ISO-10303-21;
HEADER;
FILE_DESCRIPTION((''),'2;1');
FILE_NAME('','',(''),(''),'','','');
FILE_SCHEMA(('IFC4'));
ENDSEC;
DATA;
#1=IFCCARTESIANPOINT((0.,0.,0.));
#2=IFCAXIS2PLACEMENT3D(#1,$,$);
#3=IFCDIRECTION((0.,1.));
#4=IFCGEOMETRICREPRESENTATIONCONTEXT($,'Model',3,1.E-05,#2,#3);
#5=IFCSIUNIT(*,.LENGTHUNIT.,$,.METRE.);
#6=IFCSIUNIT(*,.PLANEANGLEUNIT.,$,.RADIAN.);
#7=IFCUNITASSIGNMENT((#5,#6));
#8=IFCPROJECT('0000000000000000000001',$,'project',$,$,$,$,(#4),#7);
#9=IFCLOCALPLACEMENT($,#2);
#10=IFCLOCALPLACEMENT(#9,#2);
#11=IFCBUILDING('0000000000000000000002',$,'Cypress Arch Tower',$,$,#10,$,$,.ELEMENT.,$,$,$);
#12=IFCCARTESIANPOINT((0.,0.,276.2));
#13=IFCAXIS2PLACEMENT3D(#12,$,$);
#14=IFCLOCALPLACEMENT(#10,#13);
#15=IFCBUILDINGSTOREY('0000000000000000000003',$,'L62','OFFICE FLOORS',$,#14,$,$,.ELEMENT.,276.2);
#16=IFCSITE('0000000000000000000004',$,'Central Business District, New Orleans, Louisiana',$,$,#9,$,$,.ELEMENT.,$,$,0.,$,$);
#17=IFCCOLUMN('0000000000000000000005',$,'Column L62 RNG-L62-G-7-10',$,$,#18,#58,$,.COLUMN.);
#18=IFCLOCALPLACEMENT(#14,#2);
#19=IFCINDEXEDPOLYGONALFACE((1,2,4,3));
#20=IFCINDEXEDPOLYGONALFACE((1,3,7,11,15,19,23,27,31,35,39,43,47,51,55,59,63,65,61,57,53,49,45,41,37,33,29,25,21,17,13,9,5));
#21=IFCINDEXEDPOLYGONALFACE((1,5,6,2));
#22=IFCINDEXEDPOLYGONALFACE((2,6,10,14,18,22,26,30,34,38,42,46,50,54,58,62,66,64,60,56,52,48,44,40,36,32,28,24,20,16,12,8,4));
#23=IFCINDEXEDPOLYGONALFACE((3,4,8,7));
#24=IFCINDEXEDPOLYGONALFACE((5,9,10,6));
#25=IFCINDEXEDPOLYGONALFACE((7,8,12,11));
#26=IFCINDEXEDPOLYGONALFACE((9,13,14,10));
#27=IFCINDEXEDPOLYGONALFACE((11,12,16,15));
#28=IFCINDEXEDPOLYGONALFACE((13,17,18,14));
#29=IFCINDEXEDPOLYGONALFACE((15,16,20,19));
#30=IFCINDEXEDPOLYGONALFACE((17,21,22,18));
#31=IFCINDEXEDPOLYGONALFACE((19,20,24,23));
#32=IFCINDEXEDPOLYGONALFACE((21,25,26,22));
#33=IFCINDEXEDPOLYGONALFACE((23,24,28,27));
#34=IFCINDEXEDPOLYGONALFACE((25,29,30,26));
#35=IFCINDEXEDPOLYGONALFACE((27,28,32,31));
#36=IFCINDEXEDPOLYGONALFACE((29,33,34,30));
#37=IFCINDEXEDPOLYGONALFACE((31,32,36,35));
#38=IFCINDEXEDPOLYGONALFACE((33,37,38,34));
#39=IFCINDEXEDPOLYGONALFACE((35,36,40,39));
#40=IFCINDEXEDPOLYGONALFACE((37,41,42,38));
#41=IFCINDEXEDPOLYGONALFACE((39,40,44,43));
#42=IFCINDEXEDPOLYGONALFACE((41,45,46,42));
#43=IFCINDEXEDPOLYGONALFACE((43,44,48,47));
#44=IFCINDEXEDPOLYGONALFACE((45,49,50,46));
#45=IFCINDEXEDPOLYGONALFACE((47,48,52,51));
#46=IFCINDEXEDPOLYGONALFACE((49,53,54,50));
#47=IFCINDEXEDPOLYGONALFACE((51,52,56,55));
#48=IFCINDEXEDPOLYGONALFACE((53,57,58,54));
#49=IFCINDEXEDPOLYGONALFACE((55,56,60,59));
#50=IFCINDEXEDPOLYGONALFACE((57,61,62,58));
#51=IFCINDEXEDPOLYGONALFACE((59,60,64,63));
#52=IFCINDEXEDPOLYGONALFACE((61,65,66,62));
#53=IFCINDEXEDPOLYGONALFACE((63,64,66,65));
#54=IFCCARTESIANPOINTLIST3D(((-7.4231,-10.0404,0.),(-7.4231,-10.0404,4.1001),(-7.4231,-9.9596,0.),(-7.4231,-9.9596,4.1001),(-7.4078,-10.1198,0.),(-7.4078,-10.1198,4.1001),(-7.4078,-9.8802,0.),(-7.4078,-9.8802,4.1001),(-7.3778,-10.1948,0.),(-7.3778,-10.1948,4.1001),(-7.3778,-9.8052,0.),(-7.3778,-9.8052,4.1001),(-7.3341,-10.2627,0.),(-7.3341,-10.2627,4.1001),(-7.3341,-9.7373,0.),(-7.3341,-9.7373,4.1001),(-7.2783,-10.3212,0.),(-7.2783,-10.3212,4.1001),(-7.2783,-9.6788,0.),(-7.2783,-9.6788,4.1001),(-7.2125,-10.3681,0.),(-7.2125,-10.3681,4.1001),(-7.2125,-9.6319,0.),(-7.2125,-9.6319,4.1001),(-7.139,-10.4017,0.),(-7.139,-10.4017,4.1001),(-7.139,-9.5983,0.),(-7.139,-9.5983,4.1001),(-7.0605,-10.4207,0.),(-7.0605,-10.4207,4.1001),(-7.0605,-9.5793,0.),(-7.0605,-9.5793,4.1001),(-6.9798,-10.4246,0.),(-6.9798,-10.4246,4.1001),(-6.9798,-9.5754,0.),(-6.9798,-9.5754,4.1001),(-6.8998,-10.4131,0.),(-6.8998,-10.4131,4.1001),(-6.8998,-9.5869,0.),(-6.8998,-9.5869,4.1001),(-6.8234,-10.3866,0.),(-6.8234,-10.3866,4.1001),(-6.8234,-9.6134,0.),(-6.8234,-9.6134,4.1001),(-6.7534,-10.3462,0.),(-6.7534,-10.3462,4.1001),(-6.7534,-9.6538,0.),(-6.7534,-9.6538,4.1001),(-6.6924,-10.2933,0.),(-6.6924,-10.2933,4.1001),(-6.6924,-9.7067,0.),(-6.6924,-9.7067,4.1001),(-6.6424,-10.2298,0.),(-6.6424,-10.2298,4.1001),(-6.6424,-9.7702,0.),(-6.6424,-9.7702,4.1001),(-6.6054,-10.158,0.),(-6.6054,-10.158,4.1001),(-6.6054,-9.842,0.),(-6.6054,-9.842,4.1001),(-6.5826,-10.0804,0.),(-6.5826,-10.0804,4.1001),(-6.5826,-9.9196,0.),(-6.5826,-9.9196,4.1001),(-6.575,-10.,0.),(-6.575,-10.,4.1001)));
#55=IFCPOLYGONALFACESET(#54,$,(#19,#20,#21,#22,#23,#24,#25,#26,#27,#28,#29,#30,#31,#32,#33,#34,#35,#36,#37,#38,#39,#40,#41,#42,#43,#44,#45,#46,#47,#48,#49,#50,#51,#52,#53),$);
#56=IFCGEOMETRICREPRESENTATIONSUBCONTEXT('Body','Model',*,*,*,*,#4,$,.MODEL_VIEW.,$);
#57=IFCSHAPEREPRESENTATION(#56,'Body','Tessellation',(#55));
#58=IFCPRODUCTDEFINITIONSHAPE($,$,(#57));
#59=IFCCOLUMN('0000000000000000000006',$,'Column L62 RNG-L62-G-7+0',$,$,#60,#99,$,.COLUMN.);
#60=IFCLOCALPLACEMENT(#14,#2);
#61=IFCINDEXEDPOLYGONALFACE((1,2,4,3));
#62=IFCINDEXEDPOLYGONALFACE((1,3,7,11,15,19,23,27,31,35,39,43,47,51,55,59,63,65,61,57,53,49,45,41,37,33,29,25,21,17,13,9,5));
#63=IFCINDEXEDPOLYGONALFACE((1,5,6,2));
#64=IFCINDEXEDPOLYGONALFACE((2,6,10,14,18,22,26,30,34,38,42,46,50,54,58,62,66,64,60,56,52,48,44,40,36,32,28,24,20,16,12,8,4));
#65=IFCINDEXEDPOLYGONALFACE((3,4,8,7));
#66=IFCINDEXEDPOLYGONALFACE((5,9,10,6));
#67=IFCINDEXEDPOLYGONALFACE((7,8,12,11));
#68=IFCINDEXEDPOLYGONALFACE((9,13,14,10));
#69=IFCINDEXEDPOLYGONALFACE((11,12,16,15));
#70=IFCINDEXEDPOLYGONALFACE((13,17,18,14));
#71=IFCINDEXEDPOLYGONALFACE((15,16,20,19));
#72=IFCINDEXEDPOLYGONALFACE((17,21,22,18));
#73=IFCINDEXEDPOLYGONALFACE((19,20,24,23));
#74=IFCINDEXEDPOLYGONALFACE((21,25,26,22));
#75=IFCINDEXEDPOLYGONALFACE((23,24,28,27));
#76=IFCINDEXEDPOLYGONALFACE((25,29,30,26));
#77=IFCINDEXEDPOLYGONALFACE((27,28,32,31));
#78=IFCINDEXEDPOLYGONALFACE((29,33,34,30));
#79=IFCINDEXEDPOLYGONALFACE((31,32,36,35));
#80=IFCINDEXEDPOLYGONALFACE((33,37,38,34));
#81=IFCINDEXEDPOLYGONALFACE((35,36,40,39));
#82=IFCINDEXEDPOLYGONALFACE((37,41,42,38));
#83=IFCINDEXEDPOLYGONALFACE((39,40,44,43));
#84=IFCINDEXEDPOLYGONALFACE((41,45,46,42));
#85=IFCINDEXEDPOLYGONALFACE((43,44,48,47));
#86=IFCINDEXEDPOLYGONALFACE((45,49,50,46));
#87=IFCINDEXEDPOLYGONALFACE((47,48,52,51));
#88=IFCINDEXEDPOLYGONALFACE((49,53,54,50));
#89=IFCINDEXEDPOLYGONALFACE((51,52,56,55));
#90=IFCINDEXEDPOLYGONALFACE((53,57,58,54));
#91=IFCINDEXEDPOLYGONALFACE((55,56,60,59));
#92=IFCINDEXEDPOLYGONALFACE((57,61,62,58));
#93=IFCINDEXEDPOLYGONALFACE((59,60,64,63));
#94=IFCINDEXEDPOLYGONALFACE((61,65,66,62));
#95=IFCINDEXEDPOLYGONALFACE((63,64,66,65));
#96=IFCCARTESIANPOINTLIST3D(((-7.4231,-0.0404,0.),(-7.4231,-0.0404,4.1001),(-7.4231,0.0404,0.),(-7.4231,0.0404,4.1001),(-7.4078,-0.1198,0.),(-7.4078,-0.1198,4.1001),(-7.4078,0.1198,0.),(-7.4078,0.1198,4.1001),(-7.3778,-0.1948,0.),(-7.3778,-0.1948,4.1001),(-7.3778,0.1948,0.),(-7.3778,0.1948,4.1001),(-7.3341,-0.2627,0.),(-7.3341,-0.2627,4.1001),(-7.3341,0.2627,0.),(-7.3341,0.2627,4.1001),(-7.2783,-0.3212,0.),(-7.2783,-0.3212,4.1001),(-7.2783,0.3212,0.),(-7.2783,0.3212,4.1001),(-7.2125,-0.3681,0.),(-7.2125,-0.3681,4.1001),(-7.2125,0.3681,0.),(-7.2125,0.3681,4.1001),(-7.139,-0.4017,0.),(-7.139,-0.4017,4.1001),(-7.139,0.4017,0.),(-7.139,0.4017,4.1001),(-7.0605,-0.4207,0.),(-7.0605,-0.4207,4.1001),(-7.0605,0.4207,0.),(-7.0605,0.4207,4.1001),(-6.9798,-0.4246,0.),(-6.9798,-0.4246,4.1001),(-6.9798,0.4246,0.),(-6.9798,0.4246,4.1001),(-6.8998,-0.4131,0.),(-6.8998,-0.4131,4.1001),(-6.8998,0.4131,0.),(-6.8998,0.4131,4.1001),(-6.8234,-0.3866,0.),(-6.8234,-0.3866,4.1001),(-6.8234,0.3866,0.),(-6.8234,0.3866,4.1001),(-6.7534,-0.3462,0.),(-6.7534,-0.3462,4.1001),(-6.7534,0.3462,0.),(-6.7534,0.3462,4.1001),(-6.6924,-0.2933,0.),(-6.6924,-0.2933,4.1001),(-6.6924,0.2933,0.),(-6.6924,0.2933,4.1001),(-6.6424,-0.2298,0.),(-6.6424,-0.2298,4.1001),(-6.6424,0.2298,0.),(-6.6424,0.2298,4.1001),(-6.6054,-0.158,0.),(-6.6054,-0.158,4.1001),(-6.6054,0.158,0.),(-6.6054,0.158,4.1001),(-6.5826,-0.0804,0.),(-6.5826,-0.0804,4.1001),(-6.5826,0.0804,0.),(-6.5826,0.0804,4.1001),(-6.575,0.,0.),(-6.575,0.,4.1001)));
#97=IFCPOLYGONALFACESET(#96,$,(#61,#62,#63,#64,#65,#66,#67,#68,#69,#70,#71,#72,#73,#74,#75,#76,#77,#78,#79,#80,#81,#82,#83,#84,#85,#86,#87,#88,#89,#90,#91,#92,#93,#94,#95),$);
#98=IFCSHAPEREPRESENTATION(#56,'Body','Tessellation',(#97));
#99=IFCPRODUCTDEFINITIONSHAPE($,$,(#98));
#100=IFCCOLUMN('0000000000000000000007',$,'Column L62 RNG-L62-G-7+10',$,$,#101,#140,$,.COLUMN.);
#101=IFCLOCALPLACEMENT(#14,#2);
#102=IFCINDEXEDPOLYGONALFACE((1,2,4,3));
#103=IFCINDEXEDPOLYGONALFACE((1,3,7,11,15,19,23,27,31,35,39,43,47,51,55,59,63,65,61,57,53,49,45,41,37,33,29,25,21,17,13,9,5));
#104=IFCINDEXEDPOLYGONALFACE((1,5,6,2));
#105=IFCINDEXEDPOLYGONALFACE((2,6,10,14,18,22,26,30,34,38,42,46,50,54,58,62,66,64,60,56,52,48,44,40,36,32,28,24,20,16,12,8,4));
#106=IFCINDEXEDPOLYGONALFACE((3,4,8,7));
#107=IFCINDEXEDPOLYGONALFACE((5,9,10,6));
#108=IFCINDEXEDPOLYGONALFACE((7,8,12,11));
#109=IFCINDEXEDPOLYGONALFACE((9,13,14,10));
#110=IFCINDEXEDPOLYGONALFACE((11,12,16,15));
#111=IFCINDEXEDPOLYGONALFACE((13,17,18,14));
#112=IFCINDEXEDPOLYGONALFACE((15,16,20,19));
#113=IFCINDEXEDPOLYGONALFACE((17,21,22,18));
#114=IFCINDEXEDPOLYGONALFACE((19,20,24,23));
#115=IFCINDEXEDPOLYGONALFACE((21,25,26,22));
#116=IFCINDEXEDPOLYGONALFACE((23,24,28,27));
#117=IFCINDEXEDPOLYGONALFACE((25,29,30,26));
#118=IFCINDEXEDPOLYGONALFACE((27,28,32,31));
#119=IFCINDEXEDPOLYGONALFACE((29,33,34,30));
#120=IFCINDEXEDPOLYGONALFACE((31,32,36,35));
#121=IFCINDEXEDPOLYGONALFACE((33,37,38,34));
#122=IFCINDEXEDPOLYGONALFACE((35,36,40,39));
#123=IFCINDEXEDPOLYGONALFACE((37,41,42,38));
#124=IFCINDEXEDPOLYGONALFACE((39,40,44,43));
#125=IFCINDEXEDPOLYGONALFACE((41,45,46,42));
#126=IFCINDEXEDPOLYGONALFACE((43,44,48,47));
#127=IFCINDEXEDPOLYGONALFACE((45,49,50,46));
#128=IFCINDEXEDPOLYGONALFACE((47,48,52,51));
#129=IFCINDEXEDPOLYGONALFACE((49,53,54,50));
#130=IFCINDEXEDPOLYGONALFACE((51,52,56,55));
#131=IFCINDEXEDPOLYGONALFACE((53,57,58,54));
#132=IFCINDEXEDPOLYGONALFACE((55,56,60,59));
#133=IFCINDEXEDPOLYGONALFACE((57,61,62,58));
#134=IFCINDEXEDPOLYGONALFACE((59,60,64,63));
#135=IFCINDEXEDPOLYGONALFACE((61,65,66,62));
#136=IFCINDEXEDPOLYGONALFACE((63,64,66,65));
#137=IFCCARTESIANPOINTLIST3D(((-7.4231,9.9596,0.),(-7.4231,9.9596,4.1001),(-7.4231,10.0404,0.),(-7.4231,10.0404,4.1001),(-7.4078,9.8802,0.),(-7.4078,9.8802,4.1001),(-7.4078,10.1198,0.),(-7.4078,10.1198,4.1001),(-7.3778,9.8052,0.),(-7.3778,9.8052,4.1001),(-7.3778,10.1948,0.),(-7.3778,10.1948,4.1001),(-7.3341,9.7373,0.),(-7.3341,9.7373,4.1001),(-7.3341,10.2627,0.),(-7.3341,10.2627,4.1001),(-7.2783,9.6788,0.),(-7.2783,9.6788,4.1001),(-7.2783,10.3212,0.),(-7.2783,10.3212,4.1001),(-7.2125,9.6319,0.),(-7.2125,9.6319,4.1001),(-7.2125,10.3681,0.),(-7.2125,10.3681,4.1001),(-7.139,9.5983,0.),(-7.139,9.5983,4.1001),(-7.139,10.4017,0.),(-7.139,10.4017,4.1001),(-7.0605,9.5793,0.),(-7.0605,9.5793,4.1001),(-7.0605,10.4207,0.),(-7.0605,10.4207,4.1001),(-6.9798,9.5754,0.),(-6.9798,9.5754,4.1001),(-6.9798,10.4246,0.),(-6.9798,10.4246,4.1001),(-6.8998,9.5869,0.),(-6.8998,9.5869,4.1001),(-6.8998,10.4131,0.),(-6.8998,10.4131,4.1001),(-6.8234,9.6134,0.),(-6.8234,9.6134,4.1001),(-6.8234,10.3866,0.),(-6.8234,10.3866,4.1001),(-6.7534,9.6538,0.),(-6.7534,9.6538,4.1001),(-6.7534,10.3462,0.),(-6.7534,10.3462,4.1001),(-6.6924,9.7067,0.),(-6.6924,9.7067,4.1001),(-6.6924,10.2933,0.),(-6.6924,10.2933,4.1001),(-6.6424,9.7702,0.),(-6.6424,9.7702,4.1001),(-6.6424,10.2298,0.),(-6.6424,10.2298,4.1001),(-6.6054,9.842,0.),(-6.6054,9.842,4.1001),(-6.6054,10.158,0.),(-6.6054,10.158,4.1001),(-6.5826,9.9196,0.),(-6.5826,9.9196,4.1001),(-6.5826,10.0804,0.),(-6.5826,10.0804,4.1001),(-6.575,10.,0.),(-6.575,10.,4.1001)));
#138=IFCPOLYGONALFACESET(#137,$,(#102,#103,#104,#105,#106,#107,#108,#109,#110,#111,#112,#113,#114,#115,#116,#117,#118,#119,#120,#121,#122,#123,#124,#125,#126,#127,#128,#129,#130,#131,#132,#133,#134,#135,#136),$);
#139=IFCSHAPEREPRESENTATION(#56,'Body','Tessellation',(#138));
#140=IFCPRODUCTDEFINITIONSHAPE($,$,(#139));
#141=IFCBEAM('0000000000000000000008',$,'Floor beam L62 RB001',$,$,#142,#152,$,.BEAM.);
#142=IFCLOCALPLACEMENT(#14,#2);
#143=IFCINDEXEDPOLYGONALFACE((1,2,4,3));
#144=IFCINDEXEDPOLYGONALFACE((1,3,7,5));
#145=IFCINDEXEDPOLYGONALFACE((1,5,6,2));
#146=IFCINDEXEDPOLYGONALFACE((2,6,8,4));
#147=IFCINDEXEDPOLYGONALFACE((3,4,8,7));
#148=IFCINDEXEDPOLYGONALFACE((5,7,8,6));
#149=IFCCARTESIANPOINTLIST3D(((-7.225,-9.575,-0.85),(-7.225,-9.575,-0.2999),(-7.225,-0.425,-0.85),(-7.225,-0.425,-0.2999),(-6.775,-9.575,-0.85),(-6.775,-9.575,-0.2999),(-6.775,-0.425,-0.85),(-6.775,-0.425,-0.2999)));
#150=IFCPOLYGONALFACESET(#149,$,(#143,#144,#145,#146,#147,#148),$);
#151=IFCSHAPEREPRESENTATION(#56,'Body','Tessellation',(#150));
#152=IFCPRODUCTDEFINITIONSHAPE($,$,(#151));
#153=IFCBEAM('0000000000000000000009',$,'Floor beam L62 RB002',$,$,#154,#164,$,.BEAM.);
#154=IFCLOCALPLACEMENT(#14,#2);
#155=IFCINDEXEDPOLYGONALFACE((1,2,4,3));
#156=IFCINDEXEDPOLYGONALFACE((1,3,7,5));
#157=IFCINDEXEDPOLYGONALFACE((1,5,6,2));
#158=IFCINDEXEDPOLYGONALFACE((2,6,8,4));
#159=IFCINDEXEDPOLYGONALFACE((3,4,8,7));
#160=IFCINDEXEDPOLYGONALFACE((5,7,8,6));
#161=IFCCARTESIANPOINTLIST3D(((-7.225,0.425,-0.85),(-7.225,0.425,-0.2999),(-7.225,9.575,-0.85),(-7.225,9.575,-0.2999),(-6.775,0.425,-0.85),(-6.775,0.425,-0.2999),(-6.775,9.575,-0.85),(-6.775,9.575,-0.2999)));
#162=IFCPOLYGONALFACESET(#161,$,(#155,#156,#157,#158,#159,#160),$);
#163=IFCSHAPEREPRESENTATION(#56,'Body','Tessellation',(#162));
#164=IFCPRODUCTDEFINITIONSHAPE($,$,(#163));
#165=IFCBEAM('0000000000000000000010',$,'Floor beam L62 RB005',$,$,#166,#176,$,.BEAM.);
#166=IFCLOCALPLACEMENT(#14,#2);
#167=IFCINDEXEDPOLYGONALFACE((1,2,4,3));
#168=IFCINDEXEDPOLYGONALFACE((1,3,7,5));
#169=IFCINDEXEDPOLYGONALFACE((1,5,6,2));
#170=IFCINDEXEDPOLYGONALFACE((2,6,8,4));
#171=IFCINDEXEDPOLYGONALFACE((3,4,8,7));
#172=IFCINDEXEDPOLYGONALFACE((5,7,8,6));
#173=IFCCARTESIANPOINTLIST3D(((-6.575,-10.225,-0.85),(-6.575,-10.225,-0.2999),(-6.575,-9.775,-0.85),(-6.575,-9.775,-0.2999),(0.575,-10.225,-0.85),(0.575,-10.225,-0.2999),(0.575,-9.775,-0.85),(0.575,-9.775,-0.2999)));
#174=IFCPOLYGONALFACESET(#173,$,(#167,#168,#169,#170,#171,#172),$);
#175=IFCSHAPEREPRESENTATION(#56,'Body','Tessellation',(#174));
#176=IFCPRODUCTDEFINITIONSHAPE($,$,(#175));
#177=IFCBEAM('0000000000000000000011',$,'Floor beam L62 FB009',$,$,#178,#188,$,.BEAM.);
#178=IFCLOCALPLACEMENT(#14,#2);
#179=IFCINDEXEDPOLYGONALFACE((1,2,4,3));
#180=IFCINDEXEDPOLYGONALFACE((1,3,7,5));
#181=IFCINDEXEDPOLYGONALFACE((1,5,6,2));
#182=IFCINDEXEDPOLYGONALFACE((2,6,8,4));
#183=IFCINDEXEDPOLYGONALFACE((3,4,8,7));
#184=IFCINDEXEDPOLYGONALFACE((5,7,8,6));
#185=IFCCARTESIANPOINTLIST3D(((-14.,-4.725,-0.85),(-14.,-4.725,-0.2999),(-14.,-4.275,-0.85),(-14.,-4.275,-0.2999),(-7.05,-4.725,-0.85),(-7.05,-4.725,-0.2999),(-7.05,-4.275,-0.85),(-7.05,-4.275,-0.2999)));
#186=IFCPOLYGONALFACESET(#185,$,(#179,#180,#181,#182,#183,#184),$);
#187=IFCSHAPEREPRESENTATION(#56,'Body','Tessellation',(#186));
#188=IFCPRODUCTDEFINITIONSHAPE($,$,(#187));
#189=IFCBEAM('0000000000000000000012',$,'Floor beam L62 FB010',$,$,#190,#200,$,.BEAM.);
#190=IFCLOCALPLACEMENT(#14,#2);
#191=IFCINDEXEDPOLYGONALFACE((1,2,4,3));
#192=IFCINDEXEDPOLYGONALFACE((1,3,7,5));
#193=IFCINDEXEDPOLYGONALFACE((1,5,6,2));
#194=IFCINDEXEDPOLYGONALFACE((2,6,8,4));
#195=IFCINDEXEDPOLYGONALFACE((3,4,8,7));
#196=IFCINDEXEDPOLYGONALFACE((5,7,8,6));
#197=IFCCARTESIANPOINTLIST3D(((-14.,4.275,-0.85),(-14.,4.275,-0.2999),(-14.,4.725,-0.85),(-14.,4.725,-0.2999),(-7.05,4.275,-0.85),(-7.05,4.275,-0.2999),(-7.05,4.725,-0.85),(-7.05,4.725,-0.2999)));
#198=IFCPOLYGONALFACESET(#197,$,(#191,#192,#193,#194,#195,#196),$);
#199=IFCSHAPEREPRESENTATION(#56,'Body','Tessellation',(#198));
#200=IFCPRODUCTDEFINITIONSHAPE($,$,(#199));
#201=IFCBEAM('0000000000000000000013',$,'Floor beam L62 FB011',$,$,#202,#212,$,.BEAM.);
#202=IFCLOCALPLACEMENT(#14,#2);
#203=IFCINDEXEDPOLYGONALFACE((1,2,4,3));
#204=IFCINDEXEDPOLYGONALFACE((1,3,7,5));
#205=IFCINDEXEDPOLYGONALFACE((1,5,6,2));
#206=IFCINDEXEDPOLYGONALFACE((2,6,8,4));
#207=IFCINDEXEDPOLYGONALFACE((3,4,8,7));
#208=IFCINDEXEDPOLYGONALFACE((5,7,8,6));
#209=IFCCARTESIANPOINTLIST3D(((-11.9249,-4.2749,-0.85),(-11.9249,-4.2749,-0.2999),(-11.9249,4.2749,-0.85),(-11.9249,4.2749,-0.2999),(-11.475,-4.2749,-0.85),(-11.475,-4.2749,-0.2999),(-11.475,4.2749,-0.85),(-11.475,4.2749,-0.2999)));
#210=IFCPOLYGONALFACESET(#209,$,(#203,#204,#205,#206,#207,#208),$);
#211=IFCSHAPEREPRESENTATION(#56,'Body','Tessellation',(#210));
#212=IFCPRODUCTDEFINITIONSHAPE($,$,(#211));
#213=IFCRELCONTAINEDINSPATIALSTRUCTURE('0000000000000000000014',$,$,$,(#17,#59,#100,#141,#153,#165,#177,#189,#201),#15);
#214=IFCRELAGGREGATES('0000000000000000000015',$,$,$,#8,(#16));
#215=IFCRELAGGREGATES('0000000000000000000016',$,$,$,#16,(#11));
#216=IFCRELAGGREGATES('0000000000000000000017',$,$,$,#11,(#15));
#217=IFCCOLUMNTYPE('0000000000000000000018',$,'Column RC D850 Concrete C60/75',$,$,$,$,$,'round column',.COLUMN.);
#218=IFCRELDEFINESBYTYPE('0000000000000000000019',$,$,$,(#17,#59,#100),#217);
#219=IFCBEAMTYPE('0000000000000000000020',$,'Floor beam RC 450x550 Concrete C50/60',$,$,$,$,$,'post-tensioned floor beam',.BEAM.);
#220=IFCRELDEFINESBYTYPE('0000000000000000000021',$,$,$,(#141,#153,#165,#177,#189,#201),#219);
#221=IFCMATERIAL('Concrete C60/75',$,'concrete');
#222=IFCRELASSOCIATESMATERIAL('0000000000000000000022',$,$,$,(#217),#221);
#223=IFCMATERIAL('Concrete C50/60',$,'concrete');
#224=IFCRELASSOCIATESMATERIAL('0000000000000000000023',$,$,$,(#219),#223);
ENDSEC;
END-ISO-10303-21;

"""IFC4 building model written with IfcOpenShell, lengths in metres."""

from ifc_helpers import new_model, si_unit, direction, frame, origin, origin_2d, place, context, subcontext, project, spatial, rectangle, circle, extrude, material, material_profile, profile_set, type_object, element, save


model = new_model("IFC4")

# Units and contexts
model_context = context("Model", 3, precision=1e-05, world=origin(), true_north=direction((0.0, 1.0)))
body_context = subcontext(model_context, "Body", "Model", "MODEL_VIEW")
ifc_project = project(units=[si_unit("LENGTHUNIT", "METRE"), si_unit("PLANEANGLEUNIT", "RADIAN")], contexts=[model_context])

# Site, building, storey
site_placement = place(None, origin())
site = spatial("IfcSite", under=ifc_project, at=site_placement, Name="Central Business District, New Orleans, Louisiana", CompositionType="ELEMENT", RefElevation=0.0)
building_placement = place(site_placement, origin())
building = spatial("IfcBuilding", under=site, at=building_placement, Name="Cypress Arch Tower", CompositionType="ELEMENT")
storey_placement = place(building_placement, frame((0.0, 0.0, 276.2)))
storey = spatial("IfcBuildingStorey", under=building, at=storey_placement, Name="L62", Description="OFFICE FLOORS", CompositionType="ELEMENT", Elevation=276.2)

# Columns
ifc_material_1 = material(Name="Concrete C60/75", Category="concrete")
ifc_material_profile_1 = material_profile(ifc_material_1, circle(Radius=0.425, at=origin_2d()), Name="RC D850")
ifc_profile_set_1 = profile_set([ifc_material_profile_1], Name="Concrete C60/75")
column_type = type_object("IfcColumnType", Name="Column RC D850 Concrete C60/75", ElementType="round column", PredefinedType="COLUMN", material=ifc_profile_set_1)
for number, where, z_axis, x_axis, name in (
    (1, (-7.0, -10.0, 0.0), (0.0, 0.0, 1.0), (1.0, 0.0, 0.0), "Column L62 RNG-L62-G-7-10"),
    (2, (-7.0, 0.0, 0.0), (0.0, 0.0, 1.0), (1.0, 0.0, 0.0), "Column L62 RNG-L62-G-7+0"),
    (3, (-7.0, 10.0, 0.0), (0.0, 0.0, 1.0), (1.0, 0.0, 0.0), "Column L62 RNG-L62-G-7+10"),
):
    element("IfcColumn", number, at=place(storey_placement, frame(where, z_axis=z_axis, x_axis=x_axis)), inside=storey, type_object=column_type, Name=name, PredefinedType="COLUMN", context=body_context, shape_type="SweptSolid", body=[
        extrude(circle(Radius=0.425, at=origin_2d()), origin(), (0.0, 0.0, 1.0), 4.1001),
    ])

# Beams
ifc_material_2 = material(Name="Concrete C50/60", Category="concrete")
ifc_material_profile_2 = material_profile(ifc_material_2, rectangle(XDim=0.45, YDim=0.55, at=origin_2d()), Name="RC 450x550")
ifc_profile_set_2 = profile_set([ifc_material_profile_2], Name="Concrete C50/60")
beam_type = type_object("IfcBeamType", Name="Floor beam RC 450x550 Concrete C50/60", ElementType="post-tensioned floor beam", PredefinedType="BEAM", material=ifc_profile_set_2)
for number, where, z_axis, x_axis, name in (
    (4, (-7.0, -9.575, -0.575), (0.0, 1.0, 0.0), (-1.0, 0.0, 0.0), "Floor beam L62 RB001"),
    (5, (-7.0, 0.425, -0.575), (0.0, 1.0, 0.0), (-1.0, 0.0, 0.0), "Floor beam L62 RB002"),
):
    element("IfcBeam", number, at=place(storey_placement, frame(where, z_axis=z_axis, x_axis=x_axis)), inside=storey, type_object=beam_type, Name=name, PredefinedType="BEAM", context=body_context, shape_type="SweptSolid", body=[
        extrude(rectangle(XDim=0.45, YDim=0.55, at=origin_2d()), origin(), (0.0, 0.0, 1.0), 9.1499),
    ])
beam_1_placement = place(storey_placement, frame((-6.575, -10.0, -0.575), z_axis=(1.0, 0.0, 0.0), x_axis=(0.0, 1.0, 0.0)))
element("IfcBeam", 6, at=beam_1_placement, inside=storey, type_object=beam_type, Name="Floor beam L62 RB005", PredefinedType="BEAM", context=body_context, shape_type="SweptSolid", body=[
    extrude(rectangle(XDim=0.45, YDim=0.55, at=origin_2d()), origin(), (0.0, 0.0, 1.0), 7.1499),
])
for number, where, z_axis, x_axis, name in (
    (7, (-14.0, -4.5, -0.575), (1.0, 0.0, 0.0), (0.0, 1.0, 0.0), "Floor beam L62 FB009"),
    (8, (-14.0, 4.5, -0.575), (1.0, 0.0, 0.0), (0.0, 1.0, 0.0), "Floor beam L62 FB010"),
):
    element("IfcBeam", number, at=place(storey_placement, frame(where, z_axis=z_axis, x_axis=x_axis)), inside=storey, type_object=beam_type, Name=name, PredefinedType="BEAM", context=body_context, shape_type="SweptSolid", body=[
        extrude(rectangle(XDim=0.45, YDim=0.55, at=origin_2d()), origin(), (0.0, 0.0, 1.0), 6.95),
    ])
beam_2_placement = place(storey_placement, frame((-11.7, -4.2749, -0.575), z_axis=(0.0, 1.0, 0.0), x_axis=(-1.0, 0.0, 0.0)))
element("IfcBeam", 9, at=beam_2_placement, inside=storey, type_object=beam_type, Name="Floor beam L62 FB011", PredefinedType="BEAM", context=body_context, shape_type="SweptSolid", body=[
    extrude(rectangle(XDim=0.45, YDim=0.55, at=origin_2d()), origin(), (0.0, 0.0, 1.0), 8.5498),
])

save(model, "model.ifc")
